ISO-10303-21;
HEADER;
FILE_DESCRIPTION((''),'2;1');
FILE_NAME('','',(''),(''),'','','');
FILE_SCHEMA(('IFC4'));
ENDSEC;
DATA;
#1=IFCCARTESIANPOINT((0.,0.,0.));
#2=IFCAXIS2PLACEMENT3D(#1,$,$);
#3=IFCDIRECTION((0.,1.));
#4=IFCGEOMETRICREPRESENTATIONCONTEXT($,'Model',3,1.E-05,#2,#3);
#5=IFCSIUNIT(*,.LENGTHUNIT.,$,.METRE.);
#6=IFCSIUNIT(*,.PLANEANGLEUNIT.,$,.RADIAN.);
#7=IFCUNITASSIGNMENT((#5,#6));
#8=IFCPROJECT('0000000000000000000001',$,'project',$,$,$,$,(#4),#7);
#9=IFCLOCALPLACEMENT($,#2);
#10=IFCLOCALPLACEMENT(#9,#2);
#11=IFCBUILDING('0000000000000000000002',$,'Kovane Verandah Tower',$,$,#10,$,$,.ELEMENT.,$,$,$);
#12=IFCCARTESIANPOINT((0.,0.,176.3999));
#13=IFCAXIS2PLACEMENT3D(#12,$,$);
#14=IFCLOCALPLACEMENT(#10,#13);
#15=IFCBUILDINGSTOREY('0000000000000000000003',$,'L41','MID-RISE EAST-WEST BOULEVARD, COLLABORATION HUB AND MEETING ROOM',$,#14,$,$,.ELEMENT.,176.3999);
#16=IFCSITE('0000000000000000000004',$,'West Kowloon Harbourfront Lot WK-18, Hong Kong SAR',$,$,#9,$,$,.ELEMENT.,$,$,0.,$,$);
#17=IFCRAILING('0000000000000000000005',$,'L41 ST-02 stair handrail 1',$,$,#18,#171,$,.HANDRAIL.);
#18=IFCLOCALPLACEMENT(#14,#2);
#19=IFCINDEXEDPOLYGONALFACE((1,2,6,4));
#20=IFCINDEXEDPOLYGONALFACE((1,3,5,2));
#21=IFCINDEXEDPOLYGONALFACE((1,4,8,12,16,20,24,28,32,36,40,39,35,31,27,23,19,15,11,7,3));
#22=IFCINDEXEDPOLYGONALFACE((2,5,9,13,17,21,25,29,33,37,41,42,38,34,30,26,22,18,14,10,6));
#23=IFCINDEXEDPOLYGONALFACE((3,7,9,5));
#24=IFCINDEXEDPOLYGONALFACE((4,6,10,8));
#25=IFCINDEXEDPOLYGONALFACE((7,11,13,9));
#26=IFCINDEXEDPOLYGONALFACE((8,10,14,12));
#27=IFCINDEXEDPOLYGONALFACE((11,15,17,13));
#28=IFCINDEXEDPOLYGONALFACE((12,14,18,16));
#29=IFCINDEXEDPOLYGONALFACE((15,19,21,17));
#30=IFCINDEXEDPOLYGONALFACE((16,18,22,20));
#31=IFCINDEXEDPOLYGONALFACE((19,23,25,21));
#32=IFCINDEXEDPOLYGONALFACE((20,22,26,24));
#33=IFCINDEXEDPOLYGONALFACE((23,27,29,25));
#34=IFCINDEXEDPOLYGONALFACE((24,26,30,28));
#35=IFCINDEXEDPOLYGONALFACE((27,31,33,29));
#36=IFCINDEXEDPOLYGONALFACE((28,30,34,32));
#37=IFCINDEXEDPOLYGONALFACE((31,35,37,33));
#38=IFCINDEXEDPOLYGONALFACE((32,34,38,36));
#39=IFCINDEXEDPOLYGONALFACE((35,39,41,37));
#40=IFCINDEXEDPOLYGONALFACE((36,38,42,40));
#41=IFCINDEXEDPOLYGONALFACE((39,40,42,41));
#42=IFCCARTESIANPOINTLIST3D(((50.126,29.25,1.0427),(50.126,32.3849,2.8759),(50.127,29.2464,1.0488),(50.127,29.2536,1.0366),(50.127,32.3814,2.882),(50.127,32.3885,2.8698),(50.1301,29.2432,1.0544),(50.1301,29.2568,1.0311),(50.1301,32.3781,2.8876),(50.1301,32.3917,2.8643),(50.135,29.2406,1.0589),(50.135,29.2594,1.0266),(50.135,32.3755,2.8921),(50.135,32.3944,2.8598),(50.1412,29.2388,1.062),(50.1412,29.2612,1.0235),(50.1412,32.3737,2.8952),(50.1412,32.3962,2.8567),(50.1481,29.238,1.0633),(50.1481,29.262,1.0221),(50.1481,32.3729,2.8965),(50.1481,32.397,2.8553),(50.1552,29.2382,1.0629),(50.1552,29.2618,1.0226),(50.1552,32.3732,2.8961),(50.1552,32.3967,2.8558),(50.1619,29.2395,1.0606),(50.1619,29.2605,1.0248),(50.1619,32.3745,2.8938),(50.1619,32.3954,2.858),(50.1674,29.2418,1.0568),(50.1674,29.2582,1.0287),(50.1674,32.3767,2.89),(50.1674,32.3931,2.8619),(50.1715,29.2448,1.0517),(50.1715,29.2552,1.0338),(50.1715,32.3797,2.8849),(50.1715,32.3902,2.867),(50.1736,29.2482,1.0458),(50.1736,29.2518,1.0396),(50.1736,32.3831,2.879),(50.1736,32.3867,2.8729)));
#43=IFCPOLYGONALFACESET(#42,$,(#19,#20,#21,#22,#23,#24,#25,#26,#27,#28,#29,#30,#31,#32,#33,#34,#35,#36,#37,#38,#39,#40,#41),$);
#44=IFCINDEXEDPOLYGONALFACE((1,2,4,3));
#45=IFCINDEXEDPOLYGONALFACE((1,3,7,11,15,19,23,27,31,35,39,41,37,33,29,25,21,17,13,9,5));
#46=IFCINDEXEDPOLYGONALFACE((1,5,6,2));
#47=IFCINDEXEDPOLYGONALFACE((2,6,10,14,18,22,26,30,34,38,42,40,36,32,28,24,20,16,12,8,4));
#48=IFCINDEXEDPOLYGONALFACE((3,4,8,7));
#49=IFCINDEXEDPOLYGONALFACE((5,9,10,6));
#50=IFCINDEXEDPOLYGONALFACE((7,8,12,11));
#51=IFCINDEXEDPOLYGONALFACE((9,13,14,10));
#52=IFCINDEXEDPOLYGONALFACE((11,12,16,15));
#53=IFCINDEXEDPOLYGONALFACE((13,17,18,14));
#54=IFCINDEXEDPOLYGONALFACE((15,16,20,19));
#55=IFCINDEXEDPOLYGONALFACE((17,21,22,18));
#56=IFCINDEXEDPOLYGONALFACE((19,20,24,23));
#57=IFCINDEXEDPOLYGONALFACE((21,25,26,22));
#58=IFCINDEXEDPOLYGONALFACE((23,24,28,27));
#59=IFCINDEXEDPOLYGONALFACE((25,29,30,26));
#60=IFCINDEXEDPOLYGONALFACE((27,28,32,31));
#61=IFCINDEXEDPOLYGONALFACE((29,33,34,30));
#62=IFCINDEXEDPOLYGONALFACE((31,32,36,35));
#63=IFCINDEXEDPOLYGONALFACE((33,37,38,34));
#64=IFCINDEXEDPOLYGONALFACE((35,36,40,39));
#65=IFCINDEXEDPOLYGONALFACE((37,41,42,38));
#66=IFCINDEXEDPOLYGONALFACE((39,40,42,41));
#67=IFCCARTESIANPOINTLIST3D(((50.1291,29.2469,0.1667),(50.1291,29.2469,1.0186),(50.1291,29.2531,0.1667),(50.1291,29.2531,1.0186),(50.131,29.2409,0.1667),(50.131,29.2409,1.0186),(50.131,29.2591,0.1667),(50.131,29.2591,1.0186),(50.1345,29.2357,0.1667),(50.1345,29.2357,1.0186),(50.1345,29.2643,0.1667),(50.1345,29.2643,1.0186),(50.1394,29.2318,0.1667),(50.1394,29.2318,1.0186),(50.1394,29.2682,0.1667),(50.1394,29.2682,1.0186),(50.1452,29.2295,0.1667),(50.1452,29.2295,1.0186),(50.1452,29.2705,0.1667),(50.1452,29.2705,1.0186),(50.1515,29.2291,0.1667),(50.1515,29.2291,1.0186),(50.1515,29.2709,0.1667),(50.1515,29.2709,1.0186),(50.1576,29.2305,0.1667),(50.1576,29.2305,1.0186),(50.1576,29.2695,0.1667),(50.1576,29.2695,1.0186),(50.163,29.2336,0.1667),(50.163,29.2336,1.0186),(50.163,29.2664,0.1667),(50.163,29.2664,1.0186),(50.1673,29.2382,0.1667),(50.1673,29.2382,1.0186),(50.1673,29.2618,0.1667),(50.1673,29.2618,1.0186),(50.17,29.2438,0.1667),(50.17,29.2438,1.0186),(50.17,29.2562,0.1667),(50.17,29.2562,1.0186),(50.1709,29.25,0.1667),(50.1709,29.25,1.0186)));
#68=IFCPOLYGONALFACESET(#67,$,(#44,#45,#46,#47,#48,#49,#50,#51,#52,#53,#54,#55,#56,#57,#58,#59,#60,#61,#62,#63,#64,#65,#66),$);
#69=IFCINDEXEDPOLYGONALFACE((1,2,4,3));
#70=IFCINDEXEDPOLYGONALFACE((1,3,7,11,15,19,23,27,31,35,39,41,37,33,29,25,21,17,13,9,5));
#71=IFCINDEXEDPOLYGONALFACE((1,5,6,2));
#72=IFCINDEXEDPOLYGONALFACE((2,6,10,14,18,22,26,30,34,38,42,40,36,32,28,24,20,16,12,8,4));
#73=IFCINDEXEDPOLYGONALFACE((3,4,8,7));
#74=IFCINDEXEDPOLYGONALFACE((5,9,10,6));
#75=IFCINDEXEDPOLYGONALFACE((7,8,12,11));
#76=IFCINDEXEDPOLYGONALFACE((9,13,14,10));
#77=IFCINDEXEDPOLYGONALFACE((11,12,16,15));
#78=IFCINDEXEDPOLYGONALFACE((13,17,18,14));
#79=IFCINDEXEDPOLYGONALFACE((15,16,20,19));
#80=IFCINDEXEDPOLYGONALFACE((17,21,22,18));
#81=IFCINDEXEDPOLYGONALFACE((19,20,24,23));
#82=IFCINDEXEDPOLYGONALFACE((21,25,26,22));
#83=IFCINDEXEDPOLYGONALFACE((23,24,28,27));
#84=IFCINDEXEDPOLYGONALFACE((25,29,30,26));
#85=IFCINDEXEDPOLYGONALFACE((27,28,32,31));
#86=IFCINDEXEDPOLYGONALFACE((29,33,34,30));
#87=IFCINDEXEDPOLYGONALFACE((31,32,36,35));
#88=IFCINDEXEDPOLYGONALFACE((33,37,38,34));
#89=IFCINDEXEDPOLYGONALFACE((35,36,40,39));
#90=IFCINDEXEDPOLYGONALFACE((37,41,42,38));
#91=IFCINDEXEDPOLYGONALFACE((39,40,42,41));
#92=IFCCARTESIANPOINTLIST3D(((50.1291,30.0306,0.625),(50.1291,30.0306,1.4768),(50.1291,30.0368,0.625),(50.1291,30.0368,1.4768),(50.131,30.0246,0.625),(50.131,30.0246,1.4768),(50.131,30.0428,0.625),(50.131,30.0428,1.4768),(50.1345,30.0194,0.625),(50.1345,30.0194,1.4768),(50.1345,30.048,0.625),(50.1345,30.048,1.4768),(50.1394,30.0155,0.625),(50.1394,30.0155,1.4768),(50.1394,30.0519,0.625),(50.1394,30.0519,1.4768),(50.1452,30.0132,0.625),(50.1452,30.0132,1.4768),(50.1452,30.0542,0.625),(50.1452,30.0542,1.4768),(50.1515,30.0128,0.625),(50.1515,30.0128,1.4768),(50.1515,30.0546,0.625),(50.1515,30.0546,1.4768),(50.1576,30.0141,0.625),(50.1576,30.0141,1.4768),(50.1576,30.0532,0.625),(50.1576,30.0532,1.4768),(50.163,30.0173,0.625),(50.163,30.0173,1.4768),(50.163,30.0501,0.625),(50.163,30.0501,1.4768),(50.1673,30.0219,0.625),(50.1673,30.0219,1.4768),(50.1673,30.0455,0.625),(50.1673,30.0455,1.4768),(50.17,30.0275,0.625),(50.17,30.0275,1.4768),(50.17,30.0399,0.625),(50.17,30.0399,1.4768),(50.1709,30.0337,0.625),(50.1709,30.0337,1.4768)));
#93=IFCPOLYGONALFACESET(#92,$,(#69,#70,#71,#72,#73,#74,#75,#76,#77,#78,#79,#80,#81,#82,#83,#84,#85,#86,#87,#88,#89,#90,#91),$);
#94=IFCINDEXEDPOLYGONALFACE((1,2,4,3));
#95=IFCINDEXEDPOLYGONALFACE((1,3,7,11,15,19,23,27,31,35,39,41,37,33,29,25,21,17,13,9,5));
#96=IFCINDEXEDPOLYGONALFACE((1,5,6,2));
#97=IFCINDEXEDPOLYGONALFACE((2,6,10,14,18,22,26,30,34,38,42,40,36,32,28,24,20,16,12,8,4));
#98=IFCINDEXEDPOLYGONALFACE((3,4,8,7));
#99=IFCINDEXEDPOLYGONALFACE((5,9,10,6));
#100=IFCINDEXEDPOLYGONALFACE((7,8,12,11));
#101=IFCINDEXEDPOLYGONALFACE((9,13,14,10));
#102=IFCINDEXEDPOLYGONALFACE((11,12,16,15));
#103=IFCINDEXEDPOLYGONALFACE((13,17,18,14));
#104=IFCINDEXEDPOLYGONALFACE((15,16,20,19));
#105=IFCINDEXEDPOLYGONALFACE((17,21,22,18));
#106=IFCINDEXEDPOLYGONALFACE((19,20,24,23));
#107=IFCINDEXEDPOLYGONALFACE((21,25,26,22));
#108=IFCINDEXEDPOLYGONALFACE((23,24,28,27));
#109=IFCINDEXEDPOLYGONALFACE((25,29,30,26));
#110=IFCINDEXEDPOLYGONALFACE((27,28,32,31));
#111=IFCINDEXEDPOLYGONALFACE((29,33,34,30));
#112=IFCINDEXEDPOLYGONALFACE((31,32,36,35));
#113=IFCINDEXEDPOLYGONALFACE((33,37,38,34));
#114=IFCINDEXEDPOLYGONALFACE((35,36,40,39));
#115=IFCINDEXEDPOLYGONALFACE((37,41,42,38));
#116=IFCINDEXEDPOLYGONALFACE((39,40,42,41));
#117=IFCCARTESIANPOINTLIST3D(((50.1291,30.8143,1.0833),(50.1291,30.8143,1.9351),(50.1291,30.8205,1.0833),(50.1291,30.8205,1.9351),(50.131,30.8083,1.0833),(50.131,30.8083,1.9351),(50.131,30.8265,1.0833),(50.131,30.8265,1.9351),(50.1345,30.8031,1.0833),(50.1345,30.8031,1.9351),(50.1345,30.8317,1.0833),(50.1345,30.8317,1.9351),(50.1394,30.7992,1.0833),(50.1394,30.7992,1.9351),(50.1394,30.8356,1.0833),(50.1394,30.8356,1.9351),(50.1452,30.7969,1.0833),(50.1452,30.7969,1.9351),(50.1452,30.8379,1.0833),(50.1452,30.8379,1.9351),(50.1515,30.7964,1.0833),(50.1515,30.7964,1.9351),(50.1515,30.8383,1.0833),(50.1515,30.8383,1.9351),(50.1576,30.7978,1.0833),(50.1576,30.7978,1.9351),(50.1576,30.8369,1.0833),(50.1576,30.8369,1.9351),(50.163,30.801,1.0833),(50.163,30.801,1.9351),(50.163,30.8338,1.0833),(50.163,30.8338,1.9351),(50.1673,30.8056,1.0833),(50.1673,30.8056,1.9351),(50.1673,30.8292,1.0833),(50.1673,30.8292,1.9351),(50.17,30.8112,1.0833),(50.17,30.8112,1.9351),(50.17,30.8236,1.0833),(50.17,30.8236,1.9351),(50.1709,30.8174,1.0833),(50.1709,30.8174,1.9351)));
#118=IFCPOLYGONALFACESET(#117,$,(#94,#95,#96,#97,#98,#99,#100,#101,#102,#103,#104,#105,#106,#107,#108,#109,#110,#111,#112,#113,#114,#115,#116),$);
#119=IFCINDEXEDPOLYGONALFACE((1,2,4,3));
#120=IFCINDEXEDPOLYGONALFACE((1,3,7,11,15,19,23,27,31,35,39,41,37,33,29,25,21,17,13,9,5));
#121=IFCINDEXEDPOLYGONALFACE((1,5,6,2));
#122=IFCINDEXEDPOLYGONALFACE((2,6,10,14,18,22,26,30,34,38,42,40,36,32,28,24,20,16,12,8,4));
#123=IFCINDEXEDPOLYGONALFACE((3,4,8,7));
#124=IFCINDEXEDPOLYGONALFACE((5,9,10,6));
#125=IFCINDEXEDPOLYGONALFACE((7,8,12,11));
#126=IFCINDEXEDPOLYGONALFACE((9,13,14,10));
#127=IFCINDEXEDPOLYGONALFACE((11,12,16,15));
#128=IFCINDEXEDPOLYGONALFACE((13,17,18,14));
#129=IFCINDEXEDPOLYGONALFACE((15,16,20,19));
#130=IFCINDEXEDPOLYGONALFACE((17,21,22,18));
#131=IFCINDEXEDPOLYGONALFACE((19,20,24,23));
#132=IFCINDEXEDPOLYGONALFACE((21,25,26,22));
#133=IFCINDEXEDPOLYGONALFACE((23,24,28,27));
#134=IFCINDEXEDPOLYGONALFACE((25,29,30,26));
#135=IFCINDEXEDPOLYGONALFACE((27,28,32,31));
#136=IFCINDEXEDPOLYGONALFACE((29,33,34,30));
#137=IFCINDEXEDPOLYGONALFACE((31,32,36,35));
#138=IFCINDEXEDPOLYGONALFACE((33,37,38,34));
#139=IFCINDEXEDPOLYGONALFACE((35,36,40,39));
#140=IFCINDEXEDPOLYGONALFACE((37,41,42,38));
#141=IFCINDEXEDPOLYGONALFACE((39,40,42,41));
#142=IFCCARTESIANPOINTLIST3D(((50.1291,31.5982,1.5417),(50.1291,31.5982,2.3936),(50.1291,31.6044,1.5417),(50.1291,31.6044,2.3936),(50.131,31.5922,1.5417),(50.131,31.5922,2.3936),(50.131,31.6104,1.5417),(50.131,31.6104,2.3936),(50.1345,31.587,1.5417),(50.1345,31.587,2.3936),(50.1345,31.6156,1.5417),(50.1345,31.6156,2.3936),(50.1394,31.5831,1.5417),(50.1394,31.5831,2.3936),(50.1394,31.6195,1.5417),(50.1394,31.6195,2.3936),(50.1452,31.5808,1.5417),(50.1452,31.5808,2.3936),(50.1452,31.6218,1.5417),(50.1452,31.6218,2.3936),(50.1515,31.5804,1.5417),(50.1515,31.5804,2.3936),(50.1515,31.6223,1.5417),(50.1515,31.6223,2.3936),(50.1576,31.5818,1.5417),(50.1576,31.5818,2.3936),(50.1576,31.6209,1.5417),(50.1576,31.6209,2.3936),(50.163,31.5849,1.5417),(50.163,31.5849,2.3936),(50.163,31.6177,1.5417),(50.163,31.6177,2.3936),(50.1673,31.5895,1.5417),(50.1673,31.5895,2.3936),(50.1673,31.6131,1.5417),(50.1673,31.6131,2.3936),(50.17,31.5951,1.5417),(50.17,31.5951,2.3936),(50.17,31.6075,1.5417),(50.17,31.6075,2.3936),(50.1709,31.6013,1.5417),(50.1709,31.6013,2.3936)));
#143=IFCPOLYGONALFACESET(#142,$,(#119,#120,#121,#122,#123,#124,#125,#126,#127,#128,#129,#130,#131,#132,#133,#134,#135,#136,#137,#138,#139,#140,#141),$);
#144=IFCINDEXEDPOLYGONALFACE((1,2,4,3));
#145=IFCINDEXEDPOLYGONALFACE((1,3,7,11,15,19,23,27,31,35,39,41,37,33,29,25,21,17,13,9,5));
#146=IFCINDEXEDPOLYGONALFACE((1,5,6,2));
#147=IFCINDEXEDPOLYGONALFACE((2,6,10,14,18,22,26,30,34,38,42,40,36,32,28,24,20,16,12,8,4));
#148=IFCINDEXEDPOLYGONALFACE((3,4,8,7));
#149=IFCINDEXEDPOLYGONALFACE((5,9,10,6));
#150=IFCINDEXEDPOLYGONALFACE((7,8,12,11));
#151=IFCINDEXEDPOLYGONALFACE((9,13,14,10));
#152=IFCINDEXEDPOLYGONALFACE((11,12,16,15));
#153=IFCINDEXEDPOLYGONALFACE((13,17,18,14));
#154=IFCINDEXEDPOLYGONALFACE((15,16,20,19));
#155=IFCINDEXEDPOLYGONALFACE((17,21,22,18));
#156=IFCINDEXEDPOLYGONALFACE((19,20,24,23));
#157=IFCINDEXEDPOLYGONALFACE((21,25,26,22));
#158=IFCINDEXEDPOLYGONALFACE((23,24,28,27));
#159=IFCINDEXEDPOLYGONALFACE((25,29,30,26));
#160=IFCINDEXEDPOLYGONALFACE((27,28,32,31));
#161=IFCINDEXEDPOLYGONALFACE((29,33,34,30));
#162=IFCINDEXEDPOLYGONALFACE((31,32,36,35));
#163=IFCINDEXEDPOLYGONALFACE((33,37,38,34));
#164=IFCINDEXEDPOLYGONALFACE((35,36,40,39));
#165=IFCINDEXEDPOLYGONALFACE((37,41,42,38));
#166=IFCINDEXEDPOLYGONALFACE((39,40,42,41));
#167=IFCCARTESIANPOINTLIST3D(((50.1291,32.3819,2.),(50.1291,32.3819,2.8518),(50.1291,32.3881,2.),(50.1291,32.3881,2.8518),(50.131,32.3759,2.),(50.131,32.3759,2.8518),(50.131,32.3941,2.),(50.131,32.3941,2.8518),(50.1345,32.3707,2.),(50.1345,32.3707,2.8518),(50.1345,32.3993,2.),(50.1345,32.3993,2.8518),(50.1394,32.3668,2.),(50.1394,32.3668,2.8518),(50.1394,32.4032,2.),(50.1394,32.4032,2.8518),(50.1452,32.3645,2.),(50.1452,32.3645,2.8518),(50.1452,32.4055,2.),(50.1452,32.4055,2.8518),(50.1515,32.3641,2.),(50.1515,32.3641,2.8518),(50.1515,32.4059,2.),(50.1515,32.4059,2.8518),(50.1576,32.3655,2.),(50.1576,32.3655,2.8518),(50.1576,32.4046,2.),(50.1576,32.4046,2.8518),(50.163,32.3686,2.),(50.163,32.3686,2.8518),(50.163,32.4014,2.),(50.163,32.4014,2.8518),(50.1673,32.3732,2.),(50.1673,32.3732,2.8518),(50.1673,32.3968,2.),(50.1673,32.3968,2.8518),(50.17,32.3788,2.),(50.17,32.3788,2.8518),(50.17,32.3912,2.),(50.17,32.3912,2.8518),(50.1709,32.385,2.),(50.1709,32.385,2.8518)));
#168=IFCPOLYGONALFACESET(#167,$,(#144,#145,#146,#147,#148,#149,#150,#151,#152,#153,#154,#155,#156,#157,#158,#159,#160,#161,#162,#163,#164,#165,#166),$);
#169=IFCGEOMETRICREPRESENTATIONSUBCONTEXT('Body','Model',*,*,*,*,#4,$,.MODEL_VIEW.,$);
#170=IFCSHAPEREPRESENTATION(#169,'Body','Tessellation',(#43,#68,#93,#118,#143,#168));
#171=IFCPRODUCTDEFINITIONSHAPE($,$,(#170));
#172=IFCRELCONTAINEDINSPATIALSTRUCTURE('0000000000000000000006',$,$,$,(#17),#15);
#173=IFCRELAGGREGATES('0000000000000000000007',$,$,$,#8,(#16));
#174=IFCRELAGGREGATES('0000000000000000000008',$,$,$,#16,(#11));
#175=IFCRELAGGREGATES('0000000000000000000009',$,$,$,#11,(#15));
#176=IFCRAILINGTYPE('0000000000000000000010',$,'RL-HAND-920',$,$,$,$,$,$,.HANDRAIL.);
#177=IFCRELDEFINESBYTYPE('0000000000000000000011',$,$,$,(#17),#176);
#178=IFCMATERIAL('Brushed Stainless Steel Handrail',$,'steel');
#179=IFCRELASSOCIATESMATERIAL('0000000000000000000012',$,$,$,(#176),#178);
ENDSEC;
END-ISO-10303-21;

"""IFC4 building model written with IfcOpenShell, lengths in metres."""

from ifc_helpers import new_model, si_unit, direction, frame, origin, origin_2d, place, context, subcontext, project, spatial, circle, extrude, material, type_object, element, save


model = new_model("IFC4")

# Units and contexts
model_context = context("Model", 3, precision=1e-05, world=origin(), true_north=direction((0.0, 1.0)))
body_context = subcontext(model_context, "Body", "Model", "MODEL_VIEW")
ifc_project = project(units=[si_unit("LENGTHUNIT", "METRE"), si_unit("PLANEANGLEUNIT", "RADIAN")], contexts=[model_context])

# Site, building, storey
site_placement = place(None, origin())
site = spatial("IfcSite", under=ifc_project, at=site_placement, Name="West Kowloon Harbourfront Lot WK-18, Hong Kong SAR", CompositionType="ELEMENT", RefElevation=0.0)
building_placement = place(site_placement, origin())
building = spatial("IfcBuilding", under=site, at=building_placement, Name="Kovane Verandah Tower", CompositionType="ELEMENT")
storey_placement = place(building_placement, frame((0.0, 0.0, 176.3999)))
storey = spatial("IfcBuildingStorey", under=building, at=storey_placement, Name="L41", Description="MID-RISE EAST-WEST BOULEVARD, COLLABORATION HUB AND MEETING ROOM", CompositionType="ELEMENT", Elevation=176.3999)

# Railing
ifc_material_1 = material(Name="Brushed Stainless Steel Handrail", Category="steel")
railing_type_1 = type_object("IfcRailingType", Name="RL-HAND-920", PredefinedType="HANDRAIL", material=ifc_material_1)
railing_1_placement = place(storey_placement, frame((50.1499, 29.25, 0.1667)))
element("IfcRailing", 1, at=railing_1_placement, inside=storey, type_object=railing_type_1, Name="L41 ST-02 stair handrail 1", PredefinedType="HANDRAIL", context=body_context, shape_type="SweptSolid", body=[
    extrude(circle(Radius=0.0239, at=origin_2d()), frame((0.0, 0.0, 0.876), z_axis=(0.0, 0.86324, 0.504794), x_axis=(-1.0, 0.0, 0.0)), (0.0, 0.0, 1.0), 3.6316),
    extrude(circle(Radius=0.021, at=origin_2d()), origin(), (0.0, 0.0, 1.0), 0.8518),
    extrude(circle(Radius=0.021, at=origin_2d()), frame((0.0, 0.7837, 0.4583)), (0.0, 0.0, 1.0), 0.8518),
    extrude(circle(Radius=0.021, at=origin_2d()), frame((0.0, 1.5674, 0.9165)), (0.0, 0.0, 1.0), 0.8518),
    extrude(circle(Radius=0.021, at=origin_2d()), frame((0.0, 2.3513, 1.375)), (0.0, 0.0, 1.0), 0.8518),
    extrude(circle(Radius=0.021, at=origin_2d()), frame((0.0, 3.135, 1.8333)), (0.0, 0.0, 1.0), 0.8518),
])

save(model, "model.ifc")
